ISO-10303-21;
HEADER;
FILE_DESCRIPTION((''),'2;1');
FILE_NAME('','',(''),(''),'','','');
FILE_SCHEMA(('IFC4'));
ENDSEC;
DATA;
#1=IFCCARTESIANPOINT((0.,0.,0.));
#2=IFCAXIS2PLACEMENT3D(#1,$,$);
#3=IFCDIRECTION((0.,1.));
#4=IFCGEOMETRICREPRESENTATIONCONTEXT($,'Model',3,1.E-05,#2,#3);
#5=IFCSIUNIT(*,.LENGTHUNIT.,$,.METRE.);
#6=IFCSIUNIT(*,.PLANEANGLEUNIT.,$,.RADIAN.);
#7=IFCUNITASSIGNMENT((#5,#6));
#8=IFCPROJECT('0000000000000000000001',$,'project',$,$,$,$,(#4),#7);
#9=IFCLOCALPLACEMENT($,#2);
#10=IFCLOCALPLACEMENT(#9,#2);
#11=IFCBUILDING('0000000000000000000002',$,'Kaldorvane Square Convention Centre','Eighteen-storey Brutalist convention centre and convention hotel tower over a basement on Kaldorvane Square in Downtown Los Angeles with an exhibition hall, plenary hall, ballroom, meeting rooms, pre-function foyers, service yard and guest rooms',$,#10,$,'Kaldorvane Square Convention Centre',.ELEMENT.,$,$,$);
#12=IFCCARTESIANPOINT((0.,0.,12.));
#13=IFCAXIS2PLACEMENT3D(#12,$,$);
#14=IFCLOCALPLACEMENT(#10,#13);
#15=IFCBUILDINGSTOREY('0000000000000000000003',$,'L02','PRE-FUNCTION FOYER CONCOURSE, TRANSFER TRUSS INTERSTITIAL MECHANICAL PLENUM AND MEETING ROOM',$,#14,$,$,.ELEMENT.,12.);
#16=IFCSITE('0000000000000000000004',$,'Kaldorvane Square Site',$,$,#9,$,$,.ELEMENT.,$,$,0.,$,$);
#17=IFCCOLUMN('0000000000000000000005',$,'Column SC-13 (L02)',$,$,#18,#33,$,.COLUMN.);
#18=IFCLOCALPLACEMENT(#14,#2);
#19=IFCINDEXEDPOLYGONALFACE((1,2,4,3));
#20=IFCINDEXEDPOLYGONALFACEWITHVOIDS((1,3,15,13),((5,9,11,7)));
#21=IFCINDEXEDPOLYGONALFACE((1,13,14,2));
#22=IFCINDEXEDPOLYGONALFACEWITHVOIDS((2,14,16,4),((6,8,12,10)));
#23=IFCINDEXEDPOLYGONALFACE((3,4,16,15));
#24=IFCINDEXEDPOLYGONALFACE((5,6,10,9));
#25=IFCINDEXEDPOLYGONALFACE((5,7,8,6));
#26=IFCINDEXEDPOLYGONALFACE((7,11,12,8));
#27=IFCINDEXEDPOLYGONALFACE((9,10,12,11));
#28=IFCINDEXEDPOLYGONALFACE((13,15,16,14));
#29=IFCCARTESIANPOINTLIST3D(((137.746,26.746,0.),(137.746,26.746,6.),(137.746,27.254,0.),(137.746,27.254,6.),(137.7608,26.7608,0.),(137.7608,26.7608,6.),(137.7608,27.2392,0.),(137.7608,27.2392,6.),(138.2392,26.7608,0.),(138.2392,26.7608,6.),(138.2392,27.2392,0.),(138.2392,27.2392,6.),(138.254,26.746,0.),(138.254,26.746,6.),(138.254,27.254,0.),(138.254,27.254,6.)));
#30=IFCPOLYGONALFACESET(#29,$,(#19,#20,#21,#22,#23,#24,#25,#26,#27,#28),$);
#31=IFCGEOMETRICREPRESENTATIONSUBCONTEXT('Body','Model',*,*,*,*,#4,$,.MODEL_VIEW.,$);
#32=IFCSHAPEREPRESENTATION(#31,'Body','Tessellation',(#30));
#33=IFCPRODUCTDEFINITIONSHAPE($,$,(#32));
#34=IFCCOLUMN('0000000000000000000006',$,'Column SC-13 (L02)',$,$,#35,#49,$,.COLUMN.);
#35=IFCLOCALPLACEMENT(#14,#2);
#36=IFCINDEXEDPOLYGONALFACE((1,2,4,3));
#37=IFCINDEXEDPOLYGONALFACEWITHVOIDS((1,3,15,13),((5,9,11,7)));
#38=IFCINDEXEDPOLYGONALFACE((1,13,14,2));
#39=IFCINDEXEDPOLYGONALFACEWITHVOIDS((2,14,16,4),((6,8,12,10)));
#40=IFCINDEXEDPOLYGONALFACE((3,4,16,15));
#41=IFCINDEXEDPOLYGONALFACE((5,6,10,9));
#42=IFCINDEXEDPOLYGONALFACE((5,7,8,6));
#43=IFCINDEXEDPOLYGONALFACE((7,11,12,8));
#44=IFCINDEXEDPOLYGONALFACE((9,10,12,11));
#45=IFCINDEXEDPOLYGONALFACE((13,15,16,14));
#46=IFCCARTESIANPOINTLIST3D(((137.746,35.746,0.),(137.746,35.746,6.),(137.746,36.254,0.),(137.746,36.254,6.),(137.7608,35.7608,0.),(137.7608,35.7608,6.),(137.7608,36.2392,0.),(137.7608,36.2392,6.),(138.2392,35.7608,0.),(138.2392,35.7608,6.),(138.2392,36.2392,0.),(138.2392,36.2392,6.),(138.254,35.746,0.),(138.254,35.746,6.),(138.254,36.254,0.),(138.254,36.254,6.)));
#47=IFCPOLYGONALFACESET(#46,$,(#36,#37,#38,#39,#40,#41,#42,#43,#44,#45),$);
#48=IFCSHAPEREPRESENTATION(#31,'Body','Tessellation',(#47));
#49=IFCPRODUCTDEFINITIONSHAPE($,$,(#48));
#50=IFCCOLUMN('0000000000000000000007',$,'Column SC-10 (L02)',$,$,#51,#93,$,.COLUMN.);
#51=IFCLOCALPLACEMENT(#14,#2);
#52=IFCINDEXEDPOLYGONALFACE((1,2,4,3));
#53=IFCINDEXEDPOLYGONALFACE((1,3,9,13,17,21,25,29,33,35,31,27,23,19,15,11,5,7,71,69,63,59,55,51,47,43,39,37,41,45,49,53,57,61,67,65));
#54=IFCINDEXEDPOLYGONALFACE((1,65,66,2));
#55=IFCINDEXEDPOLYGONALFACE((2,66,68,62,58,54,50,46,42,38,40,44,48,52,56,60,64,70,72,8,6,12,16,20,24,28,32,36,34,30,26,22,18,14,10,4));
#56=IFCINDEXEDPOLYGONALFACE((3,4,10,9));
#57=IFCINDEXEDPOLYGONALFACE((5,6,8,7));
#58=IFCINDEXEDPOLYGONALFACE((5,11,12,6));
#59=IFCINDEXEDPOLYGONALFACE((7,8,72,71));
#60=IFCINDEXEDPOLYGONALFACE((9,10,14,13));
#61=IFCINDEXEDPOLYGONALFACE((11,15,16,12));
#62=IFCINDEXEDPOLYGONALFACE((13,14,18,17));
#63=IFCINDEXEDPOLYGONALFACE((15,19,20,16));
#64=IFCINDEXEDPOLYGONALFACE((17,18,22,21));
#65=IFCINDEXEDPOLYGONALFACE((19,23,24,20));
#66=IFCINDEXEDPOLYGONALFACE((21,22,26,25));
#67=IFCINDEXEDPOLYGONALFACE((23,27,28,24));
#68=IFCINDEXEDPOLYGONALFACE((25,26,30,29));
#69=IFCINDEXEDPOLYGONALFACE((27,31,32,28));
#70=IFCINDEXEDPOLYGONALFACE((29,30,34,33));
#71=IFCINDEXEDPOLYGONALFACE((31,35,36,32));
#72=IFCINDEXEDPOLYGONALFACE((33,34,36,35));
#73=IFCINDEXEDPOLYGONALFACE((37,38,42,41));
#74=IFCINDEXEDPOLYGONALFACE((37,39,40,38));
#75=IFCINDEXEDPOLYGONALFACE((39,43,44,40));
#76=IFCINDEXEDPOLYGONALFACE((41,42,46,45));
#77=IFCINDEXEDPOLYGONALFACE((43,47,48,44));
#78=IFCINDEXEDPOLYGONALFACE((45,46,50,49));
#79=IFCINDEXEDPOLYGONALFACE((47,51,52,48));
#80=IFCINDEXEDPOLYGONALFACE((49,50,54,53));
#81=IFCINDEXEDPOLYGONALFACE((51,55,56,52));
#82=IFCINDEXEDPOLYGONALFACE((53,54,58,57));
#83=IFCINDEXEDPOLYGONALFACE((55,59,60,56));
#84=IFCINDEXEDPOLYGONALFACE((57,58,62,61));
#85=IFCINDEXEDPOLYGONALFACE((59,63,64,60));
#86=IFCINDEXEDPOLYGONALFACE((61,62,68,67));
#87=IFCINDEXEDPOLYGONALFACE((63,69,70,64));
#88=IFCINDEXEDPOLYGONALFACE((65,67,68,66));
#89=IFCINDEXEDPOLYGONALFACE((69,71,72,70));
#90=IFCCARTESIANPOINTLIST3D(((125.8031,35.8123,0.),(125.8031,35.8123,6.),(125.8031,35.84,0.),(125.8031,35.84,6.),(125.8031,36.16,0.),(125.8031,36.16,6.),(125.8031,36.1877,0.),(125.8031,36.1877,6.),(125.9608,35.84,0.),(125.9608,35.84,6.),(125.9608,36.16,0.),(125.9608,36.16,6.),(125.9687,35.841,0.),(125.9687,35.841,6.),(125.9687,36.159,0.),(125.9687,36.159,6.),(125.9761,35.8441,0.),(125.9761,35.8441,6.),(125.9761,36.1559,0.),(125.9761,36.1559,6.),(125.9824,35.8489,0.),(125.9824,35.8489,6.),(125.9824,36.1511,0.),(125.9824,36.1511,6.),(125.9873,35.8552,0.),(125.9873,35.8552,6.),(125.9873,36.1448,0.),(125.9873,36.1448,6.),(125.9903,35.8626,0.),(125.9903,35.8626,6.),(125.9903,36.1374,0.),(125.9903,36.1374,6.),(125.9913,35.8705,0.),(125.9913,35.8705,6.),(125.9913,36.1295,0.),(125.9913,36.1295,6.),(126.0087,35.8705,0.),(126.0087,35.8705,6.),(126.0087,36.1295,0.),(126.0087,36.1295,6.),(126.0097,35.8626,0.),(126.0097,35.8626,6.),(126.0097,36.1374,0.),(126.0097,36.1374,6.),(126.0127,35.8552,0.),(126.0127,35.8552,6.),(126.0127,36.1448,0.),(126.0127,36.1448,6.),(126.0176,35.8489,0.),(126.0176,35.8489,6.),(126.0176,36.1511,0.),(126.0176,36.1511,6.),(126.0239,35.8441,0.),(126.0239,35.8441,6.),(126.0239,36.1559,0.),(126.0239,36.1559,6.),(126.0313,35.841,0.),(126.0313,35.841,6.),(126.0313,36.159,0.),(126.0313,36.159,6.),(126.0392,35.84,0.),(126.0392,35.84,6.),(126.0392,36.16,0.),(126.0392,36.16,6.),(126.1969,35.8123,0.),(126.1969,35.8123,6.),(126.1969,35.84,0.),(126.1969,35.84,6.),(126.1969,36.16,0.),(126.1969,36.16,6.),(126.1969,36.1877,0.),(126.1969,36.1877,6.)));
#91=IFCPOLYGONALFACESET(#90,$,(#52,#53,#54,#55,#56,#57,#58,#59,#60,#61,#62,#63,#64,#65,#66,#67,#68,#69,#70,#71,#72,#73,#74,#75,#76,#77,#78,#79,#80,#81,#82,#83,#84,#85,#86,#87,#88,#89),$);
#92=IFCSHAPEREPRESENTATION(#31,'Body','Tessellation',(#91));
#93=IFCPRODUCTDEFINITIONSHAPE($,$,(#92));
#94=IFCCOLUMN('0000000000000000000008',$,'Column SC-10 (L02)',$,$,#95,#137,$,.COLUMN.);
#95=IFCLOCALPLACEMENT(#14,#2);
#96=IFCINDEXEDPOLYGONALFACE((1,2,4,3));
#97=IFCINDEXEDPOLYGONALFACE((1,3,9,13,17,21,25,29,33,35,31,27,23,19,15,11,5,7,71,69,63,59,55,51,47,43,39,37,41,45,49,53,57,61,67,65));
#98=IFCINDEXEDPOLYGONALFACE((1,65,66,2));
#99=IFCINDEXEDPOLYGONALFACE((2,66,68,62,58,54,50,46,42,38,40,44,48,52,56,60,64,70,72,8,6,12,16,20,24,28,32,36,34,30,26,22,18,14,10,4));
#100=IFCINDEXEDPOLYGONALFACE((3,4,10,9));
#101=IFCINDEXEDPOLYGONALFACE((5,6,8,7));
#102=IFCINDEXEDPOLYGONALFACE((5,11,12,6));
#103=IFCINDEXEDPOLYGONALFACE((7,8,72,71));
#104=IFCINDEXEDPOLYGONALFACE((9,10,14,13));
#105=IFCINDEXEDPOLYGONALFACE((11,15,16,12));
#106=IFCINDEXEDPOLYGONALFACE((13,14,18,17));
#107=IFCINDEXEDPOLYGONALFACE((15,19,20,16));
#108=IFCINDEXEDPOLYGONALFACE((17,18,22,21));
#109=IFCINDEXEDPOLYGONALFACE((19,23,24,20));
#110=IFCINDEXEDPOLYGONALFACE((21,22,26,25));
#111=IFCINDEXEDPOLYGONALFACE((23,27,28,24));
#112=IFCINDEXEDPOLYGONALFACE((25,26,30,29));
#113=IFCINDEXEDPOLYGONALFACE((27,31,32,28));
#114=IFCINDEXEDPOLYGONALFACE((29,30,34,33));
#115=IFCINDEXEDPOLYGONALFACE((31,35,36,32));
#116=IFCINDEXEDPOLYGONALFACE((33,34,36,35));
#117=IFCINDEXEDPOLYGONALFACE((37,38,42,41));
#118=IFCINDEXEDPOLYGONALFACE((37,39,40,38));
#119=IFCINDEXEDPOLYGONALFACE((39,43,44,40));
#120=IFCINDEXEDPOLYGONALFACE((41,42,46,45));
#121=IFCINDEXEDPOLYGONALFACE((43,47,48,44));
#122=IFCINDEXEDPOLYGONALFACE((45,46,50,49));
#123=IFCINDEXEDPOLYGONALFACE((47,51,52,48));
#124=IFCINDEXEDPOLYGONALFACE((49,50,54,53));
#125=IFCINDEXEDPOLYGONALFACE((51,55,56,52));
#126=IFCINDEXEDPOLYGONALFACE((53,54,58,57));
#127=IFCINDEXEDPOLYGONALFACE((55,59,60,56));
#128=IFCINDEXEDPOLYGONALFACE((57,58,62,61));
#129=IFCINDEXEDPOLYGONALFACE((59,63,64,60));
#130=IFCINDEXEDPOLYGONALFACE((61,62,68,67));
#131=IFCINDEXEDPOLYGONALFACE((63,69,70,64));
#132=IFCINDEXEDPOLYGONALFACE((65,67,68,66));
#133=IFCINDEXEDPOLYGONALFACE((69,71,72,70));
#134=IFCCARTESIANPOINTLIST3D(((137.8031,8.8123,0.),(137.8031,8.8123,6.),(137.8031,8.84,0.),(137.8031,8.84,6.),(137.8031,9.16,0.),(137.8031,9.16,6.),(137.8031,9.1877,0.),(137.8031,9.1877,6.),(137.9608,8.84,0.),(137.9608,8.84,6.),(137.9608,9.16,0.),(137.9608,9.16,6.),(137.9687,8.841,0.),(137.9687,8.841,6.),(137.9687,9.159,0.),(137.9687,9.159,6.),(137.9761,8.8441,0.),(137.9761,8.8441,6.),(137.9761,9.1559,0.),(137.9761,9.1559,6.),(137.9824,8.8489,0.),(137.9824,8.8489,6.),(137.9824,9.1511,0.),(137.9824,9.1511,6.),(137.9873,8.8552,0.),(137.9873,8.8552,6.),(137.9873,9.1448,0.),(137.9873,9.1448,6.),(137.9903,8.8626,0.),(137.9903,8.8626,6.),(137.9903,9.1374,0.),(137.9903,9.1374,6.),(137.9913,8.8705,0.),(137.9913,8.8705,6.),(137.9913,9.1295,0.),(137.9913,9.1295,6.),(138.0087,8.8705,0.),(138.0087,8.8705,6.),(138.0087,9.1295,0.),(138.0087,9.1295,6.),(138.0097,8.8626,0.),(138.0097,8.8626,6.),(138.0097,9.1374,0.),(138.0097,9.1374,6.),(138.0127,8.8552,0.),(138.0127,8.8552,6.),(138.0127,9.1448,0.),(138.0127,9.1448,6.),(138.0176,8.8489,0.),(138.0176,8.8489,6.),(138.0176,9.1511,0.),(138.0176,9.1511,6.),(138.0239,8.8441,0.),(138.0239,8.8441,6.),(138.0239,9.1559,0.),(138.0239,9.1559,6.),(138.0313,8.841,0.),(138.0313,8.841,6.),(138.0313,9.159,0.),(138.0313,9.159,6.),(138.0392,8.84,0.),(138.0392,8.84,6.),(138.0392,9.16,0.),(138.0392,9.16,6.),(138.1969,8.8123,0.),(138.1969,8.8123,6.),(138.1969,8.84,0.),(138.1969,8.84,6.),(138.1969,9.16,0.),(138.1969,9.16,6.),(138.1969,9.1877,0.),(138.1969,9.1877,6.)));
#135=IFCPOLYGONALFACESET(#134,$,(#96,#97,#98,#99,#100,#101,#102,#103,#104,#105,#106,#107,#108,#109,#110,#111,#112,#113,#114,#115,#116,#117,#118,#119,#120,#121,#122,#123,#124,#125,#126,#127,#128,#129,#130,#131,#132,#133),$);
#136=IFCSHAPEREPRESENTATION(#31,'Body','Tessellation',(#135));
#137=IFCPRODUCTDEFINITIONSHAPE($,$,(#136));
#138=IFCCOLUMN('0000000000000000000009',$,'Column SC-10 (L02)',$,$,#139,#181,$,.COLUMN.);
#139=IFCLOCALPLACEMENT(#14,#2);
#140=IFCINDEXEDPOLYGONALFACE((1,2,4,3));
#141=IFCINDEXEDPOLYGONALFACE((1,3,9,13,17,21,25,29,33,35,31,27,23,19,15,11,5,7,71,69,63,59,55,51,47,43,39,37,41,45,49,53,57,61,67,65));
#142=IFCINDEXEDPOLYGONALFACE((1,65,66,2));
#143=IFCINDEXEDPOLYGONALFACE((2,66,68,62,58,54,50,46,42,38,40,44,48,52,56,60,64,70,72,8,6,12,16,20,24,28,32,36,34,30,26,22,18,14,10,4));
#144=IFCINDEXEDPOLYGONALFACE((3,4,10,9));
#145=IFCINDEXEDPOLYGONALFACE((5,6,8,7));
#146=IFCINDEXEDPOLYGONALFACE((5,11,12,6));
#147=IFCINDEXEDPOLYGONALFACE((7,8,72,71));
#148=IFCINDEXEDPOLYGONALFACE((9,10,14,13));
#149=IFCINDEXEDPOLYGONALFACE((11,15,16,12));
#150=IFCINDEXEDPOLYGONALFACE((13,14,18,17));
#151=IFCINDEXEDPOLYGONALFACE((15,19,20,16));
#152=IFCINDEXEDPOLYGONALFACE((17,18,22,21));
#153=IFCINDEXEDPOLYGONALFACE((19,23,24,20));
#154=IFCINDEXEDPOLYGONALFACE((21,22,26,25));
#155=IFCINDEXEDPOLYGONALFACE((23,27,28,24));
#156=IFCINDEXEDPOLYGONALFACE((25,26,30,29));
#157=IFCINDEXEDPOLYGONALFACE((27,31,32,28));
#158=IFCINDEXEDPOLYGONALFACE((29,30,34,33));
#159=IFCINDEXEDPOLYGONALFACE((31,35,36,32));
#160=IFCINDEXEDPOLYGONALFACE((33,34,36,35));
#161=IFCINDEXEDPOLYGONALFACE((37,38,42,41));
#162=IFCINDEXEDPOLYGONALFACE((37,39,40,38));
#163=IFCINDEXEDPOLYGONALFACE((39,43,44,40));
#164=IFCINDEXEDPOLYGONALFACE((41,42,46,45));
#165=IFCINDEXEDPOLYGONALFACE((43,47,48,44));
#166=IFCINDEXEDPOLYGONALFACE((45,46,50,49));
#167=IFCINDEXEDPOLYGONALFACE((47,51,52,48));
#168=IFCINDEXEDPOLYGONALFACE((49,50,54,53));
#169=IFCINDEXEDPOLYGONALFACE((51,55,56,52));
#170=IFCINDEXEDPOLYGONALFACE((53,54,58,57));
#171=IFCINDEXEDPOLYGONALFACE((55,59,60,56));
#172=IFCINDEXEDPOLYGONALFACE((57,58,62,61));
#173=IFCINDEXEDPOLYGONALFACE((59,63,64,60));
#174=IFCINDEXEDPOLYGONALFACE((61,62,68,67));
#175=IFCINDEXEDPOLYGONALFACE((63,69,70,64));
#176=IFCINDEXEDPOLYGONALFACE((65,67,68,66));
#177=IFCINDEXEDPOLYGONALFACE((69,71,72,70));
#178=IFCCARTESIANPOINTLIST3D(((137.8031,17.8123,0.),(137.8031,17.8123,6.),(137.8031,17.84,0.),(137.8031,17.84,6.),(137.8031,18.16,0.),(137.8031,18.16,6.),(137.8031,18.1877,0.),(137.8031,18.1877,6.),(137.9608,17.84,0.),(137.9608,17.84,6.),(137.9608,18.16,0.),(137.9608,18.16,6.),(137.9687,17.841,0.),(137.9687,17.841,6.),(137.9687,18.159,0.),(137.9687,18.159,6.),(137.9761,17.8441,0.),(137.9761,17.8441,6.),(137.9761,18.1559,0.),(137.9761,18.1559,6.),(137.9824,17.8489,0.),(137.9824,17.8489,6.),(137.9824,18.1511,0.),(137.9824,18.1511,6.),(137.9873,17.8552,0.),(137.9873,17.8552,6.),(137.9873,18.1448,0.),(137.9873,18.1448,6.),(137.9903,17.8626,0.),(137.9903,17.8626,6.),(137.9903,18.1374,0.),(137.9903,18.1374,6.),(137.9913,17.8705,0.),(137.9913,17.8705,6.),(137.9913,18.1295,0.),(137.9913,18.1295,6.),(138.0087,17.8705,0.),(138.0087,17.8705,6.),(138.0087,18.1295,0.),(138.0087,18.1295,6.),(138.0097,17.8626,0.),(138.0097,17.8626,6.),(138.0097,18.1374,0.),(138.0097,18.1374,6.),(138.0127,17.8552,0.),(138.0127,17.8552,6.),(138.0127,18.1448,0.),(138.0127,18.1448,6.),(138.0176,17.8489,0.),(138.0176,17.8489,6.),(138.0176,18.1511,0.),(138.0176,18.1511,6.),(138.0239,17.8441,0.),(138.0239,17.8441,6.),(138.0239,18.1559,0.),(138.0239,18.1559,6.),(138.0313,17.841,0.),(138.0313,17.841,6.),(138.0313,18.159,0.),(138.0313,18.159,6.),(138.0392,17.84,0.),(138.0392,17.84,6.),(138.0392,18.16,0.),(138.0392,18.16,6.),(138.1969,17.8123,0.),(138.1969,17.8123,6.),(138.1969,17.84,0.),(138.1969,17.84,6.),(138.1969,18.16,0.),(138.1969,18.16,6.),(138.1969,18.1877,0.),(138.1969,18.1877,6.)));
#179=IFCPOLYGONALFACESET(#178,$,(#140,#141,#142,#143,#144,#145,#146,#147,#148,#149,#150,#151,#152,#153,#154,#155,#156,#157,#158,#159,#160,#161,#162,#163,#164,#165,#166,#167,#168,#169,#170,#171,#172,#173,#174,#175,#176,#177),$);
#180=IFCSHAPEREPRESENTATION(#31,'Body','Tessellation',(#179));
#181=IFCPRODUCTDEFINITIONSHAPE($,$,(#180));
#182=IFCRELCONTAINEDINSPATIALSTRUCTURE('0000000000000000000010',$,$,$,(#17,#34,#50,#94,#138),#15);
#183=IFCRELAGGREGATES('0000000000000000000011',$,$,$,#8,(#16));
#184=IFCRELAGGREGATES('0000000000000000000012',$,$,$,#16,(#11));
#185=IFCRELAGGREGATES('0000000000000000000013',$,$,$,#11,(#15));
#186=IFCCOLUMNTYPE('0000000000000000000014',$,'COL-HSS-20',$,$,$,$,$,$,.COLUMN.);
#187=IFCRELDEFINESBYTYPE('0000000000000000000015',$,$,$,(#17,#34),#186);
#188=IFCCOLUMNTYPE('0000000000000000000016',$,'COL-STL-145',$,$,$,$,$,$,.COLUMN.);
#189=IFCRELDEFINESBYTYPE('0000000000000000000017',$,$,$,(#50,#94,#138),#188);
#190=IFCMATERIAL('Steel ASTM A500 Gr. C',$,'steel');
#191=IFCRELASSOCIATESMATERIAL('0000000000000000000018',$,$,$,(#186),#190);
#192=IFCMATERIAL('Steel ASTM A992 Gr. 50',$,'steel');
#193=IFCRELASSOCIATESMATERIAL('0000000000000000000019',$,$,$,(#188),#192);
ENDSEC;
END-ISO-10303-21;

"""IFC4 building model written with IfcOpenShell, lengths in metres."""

from ifc_helpers import new_model, si_unit, direction, frame, origin, origin_2d, place, context, subcontext, project, spatial, hollow_rectangle, i_section, extrude, material, material_profile, profile_set, type_object, element, save


model = new_model("IFC4")

# Units and contexts
model_context = context("Model", 3, precision=1e-05, world=origin(), true_north=direction((0.0, 1.0)))
body_context = subcontext(model_context, "Body", "Model", "MODEL_VIEW")
ifc_project = project(units=[si_unit("LENGTHUNIT", "METRE"), si_unit("PLANEANGLEUNIT", "RADIAN")], contexts=[model_context])

# Site, building, storey
site_placement = place(None, origin())
site = spatial("IfcSite", under=ifc_project, at=site_placement, Name="Kaldorvane Square Site", CompositionType="ELEMENT", RefElevation=0.0)
building_placement = place(site_placement, origin())
building = spatial("IfcBuilding", under=site, at=building_placement, Name="Kaldorvane Square Convention Centre", Description="Eighteen-storey Brutalist convention centre and convention hotel tower over a basement on Kaldorvane Square in Downtown Los Angeles with an exhibition hall, plenary hall, ballroom, meeting rooms, pre-function foyers, service yard and guest rooms", LongName="Kaldorvane Square Convention Centre", CompositionType="ELEMENT")
storey_placement = place(building_placement, frame((0.0, 0.0, 12.0)))
storey = spatial("IfcBuildingStorey", under=building, at=storey_placement, Name="L02", Description="PRE-FUNCTION FOYER CONCOURSE, TRANSFER TRUSS INTERSTITIAL MECHANICAL PLENUM AND MEETING ROOM", CompositionType="ELEMENT", Elevation=12.0)

# Columns
ifc_material_1 = material(Name="Steel ASTM A500 Gr. C", Category="steel")
ifc_material_profile_1 = material_profile(ifc_material_1, hollow_rectangle(XDim=0.508, YDim=0.508, WallThickness=0.0148, at=origin_2d()), Name="HSS20X20X5/8")
ifc_profile_set_1 = profile_set([ifc_material_profile_1], Name="Steel ASTM A500 Gr. C")
column_type_1 = type_object("IfcColumnType", Name="COL-HSS-20", PredefinedType="COLUMN", material=ifc_profile_set_1)
for number, where, z_axis, x_axis, name in (
    (1, (138.0, 27.0, 0.0), (0.0, 0.0, 1.0), (1.0, 0.0, 0.0), "Column SC-13 (L02)"),
    (2, (138.0, 36.0, 0.0), (0.0, 0.0, 1.0), (1.0, 0.0, 0.0), "Column SC-13 (L02)"),
):
    element("IfcColumn", number, at=place(storey_placement, frame(where, z_axis=z_axis, x_axis=x_axis)), inside=storey, type_object=column_type_1, Name=name, PredefinedType="COLUMN", context=body_context, shape_type="SweptSolid", body=[
        extrude(hollow_rectangle(XDim=0.508, YDim=0.508, WallThickness=0.0148, at=origin_2d()), origin(), (0.0, 0.0, 1.0), 6.0),
    ])
ifc_material_2 = material(Name="Steel ASTM A992 Gr. 50", Category="steel")
ifc_material_profile_2 = material_profile(ifc_material_2, i_section(OverallWidth=0.3937, OverallDepth=0.3754, WebThickness=0.0173, FlangeThickness=0.0277, FilletRadius=0.0305, at=origin_2d()), Name="W14X145")
ifc_profile_set_2 = profile_set([ifc_material_profile_2], Name="Steel ASTM A992 Gr. 50")
column_type_2 = type_object("IfcColumnType", Name="COL-STL-145", PredefinedType="COLUMN", material=ifc_profile_set_2)
for number, where, z_axis, x_axis, name in (
    (3, (126.0, 36.0, 0.0), (0.0, 0.0, 1.0), (1.0, 0.0, 0.0), "Column SC-10 (L02)"),
    (4, (138.0, 9.0, 0.0), (0.0, 0.0, 1.0), (1.0, 0.0, 0.0), "Column SC-10 (L02)"),
    (5, (138.0, 18.0, 0.0), (0.0, 0.0, 1.0), (1.0, 0.0, 0.0), "Column SC-10 (L02)"),
):
    element("IfcColumn", number, at=place(storey_placement, frame(where, z_axis=z_axis, x_axis=x_axis)), inside=storey, type_object=column_type_2, Name=name, PredefinedType="COLUMN", context=body_context, shape_type="SweptSolid", body=[
        extrude(i_section(OverallWidth=0.3937, OverallDepth=0.3754, WebThickness=0.0173, FlangeThickness=0.0277, FilletRadius=0.0305, at=origin_2d()), origin(), (0.0, 0.0, 1.0), 6.0),
    ])

save(model, "model.ifc")
